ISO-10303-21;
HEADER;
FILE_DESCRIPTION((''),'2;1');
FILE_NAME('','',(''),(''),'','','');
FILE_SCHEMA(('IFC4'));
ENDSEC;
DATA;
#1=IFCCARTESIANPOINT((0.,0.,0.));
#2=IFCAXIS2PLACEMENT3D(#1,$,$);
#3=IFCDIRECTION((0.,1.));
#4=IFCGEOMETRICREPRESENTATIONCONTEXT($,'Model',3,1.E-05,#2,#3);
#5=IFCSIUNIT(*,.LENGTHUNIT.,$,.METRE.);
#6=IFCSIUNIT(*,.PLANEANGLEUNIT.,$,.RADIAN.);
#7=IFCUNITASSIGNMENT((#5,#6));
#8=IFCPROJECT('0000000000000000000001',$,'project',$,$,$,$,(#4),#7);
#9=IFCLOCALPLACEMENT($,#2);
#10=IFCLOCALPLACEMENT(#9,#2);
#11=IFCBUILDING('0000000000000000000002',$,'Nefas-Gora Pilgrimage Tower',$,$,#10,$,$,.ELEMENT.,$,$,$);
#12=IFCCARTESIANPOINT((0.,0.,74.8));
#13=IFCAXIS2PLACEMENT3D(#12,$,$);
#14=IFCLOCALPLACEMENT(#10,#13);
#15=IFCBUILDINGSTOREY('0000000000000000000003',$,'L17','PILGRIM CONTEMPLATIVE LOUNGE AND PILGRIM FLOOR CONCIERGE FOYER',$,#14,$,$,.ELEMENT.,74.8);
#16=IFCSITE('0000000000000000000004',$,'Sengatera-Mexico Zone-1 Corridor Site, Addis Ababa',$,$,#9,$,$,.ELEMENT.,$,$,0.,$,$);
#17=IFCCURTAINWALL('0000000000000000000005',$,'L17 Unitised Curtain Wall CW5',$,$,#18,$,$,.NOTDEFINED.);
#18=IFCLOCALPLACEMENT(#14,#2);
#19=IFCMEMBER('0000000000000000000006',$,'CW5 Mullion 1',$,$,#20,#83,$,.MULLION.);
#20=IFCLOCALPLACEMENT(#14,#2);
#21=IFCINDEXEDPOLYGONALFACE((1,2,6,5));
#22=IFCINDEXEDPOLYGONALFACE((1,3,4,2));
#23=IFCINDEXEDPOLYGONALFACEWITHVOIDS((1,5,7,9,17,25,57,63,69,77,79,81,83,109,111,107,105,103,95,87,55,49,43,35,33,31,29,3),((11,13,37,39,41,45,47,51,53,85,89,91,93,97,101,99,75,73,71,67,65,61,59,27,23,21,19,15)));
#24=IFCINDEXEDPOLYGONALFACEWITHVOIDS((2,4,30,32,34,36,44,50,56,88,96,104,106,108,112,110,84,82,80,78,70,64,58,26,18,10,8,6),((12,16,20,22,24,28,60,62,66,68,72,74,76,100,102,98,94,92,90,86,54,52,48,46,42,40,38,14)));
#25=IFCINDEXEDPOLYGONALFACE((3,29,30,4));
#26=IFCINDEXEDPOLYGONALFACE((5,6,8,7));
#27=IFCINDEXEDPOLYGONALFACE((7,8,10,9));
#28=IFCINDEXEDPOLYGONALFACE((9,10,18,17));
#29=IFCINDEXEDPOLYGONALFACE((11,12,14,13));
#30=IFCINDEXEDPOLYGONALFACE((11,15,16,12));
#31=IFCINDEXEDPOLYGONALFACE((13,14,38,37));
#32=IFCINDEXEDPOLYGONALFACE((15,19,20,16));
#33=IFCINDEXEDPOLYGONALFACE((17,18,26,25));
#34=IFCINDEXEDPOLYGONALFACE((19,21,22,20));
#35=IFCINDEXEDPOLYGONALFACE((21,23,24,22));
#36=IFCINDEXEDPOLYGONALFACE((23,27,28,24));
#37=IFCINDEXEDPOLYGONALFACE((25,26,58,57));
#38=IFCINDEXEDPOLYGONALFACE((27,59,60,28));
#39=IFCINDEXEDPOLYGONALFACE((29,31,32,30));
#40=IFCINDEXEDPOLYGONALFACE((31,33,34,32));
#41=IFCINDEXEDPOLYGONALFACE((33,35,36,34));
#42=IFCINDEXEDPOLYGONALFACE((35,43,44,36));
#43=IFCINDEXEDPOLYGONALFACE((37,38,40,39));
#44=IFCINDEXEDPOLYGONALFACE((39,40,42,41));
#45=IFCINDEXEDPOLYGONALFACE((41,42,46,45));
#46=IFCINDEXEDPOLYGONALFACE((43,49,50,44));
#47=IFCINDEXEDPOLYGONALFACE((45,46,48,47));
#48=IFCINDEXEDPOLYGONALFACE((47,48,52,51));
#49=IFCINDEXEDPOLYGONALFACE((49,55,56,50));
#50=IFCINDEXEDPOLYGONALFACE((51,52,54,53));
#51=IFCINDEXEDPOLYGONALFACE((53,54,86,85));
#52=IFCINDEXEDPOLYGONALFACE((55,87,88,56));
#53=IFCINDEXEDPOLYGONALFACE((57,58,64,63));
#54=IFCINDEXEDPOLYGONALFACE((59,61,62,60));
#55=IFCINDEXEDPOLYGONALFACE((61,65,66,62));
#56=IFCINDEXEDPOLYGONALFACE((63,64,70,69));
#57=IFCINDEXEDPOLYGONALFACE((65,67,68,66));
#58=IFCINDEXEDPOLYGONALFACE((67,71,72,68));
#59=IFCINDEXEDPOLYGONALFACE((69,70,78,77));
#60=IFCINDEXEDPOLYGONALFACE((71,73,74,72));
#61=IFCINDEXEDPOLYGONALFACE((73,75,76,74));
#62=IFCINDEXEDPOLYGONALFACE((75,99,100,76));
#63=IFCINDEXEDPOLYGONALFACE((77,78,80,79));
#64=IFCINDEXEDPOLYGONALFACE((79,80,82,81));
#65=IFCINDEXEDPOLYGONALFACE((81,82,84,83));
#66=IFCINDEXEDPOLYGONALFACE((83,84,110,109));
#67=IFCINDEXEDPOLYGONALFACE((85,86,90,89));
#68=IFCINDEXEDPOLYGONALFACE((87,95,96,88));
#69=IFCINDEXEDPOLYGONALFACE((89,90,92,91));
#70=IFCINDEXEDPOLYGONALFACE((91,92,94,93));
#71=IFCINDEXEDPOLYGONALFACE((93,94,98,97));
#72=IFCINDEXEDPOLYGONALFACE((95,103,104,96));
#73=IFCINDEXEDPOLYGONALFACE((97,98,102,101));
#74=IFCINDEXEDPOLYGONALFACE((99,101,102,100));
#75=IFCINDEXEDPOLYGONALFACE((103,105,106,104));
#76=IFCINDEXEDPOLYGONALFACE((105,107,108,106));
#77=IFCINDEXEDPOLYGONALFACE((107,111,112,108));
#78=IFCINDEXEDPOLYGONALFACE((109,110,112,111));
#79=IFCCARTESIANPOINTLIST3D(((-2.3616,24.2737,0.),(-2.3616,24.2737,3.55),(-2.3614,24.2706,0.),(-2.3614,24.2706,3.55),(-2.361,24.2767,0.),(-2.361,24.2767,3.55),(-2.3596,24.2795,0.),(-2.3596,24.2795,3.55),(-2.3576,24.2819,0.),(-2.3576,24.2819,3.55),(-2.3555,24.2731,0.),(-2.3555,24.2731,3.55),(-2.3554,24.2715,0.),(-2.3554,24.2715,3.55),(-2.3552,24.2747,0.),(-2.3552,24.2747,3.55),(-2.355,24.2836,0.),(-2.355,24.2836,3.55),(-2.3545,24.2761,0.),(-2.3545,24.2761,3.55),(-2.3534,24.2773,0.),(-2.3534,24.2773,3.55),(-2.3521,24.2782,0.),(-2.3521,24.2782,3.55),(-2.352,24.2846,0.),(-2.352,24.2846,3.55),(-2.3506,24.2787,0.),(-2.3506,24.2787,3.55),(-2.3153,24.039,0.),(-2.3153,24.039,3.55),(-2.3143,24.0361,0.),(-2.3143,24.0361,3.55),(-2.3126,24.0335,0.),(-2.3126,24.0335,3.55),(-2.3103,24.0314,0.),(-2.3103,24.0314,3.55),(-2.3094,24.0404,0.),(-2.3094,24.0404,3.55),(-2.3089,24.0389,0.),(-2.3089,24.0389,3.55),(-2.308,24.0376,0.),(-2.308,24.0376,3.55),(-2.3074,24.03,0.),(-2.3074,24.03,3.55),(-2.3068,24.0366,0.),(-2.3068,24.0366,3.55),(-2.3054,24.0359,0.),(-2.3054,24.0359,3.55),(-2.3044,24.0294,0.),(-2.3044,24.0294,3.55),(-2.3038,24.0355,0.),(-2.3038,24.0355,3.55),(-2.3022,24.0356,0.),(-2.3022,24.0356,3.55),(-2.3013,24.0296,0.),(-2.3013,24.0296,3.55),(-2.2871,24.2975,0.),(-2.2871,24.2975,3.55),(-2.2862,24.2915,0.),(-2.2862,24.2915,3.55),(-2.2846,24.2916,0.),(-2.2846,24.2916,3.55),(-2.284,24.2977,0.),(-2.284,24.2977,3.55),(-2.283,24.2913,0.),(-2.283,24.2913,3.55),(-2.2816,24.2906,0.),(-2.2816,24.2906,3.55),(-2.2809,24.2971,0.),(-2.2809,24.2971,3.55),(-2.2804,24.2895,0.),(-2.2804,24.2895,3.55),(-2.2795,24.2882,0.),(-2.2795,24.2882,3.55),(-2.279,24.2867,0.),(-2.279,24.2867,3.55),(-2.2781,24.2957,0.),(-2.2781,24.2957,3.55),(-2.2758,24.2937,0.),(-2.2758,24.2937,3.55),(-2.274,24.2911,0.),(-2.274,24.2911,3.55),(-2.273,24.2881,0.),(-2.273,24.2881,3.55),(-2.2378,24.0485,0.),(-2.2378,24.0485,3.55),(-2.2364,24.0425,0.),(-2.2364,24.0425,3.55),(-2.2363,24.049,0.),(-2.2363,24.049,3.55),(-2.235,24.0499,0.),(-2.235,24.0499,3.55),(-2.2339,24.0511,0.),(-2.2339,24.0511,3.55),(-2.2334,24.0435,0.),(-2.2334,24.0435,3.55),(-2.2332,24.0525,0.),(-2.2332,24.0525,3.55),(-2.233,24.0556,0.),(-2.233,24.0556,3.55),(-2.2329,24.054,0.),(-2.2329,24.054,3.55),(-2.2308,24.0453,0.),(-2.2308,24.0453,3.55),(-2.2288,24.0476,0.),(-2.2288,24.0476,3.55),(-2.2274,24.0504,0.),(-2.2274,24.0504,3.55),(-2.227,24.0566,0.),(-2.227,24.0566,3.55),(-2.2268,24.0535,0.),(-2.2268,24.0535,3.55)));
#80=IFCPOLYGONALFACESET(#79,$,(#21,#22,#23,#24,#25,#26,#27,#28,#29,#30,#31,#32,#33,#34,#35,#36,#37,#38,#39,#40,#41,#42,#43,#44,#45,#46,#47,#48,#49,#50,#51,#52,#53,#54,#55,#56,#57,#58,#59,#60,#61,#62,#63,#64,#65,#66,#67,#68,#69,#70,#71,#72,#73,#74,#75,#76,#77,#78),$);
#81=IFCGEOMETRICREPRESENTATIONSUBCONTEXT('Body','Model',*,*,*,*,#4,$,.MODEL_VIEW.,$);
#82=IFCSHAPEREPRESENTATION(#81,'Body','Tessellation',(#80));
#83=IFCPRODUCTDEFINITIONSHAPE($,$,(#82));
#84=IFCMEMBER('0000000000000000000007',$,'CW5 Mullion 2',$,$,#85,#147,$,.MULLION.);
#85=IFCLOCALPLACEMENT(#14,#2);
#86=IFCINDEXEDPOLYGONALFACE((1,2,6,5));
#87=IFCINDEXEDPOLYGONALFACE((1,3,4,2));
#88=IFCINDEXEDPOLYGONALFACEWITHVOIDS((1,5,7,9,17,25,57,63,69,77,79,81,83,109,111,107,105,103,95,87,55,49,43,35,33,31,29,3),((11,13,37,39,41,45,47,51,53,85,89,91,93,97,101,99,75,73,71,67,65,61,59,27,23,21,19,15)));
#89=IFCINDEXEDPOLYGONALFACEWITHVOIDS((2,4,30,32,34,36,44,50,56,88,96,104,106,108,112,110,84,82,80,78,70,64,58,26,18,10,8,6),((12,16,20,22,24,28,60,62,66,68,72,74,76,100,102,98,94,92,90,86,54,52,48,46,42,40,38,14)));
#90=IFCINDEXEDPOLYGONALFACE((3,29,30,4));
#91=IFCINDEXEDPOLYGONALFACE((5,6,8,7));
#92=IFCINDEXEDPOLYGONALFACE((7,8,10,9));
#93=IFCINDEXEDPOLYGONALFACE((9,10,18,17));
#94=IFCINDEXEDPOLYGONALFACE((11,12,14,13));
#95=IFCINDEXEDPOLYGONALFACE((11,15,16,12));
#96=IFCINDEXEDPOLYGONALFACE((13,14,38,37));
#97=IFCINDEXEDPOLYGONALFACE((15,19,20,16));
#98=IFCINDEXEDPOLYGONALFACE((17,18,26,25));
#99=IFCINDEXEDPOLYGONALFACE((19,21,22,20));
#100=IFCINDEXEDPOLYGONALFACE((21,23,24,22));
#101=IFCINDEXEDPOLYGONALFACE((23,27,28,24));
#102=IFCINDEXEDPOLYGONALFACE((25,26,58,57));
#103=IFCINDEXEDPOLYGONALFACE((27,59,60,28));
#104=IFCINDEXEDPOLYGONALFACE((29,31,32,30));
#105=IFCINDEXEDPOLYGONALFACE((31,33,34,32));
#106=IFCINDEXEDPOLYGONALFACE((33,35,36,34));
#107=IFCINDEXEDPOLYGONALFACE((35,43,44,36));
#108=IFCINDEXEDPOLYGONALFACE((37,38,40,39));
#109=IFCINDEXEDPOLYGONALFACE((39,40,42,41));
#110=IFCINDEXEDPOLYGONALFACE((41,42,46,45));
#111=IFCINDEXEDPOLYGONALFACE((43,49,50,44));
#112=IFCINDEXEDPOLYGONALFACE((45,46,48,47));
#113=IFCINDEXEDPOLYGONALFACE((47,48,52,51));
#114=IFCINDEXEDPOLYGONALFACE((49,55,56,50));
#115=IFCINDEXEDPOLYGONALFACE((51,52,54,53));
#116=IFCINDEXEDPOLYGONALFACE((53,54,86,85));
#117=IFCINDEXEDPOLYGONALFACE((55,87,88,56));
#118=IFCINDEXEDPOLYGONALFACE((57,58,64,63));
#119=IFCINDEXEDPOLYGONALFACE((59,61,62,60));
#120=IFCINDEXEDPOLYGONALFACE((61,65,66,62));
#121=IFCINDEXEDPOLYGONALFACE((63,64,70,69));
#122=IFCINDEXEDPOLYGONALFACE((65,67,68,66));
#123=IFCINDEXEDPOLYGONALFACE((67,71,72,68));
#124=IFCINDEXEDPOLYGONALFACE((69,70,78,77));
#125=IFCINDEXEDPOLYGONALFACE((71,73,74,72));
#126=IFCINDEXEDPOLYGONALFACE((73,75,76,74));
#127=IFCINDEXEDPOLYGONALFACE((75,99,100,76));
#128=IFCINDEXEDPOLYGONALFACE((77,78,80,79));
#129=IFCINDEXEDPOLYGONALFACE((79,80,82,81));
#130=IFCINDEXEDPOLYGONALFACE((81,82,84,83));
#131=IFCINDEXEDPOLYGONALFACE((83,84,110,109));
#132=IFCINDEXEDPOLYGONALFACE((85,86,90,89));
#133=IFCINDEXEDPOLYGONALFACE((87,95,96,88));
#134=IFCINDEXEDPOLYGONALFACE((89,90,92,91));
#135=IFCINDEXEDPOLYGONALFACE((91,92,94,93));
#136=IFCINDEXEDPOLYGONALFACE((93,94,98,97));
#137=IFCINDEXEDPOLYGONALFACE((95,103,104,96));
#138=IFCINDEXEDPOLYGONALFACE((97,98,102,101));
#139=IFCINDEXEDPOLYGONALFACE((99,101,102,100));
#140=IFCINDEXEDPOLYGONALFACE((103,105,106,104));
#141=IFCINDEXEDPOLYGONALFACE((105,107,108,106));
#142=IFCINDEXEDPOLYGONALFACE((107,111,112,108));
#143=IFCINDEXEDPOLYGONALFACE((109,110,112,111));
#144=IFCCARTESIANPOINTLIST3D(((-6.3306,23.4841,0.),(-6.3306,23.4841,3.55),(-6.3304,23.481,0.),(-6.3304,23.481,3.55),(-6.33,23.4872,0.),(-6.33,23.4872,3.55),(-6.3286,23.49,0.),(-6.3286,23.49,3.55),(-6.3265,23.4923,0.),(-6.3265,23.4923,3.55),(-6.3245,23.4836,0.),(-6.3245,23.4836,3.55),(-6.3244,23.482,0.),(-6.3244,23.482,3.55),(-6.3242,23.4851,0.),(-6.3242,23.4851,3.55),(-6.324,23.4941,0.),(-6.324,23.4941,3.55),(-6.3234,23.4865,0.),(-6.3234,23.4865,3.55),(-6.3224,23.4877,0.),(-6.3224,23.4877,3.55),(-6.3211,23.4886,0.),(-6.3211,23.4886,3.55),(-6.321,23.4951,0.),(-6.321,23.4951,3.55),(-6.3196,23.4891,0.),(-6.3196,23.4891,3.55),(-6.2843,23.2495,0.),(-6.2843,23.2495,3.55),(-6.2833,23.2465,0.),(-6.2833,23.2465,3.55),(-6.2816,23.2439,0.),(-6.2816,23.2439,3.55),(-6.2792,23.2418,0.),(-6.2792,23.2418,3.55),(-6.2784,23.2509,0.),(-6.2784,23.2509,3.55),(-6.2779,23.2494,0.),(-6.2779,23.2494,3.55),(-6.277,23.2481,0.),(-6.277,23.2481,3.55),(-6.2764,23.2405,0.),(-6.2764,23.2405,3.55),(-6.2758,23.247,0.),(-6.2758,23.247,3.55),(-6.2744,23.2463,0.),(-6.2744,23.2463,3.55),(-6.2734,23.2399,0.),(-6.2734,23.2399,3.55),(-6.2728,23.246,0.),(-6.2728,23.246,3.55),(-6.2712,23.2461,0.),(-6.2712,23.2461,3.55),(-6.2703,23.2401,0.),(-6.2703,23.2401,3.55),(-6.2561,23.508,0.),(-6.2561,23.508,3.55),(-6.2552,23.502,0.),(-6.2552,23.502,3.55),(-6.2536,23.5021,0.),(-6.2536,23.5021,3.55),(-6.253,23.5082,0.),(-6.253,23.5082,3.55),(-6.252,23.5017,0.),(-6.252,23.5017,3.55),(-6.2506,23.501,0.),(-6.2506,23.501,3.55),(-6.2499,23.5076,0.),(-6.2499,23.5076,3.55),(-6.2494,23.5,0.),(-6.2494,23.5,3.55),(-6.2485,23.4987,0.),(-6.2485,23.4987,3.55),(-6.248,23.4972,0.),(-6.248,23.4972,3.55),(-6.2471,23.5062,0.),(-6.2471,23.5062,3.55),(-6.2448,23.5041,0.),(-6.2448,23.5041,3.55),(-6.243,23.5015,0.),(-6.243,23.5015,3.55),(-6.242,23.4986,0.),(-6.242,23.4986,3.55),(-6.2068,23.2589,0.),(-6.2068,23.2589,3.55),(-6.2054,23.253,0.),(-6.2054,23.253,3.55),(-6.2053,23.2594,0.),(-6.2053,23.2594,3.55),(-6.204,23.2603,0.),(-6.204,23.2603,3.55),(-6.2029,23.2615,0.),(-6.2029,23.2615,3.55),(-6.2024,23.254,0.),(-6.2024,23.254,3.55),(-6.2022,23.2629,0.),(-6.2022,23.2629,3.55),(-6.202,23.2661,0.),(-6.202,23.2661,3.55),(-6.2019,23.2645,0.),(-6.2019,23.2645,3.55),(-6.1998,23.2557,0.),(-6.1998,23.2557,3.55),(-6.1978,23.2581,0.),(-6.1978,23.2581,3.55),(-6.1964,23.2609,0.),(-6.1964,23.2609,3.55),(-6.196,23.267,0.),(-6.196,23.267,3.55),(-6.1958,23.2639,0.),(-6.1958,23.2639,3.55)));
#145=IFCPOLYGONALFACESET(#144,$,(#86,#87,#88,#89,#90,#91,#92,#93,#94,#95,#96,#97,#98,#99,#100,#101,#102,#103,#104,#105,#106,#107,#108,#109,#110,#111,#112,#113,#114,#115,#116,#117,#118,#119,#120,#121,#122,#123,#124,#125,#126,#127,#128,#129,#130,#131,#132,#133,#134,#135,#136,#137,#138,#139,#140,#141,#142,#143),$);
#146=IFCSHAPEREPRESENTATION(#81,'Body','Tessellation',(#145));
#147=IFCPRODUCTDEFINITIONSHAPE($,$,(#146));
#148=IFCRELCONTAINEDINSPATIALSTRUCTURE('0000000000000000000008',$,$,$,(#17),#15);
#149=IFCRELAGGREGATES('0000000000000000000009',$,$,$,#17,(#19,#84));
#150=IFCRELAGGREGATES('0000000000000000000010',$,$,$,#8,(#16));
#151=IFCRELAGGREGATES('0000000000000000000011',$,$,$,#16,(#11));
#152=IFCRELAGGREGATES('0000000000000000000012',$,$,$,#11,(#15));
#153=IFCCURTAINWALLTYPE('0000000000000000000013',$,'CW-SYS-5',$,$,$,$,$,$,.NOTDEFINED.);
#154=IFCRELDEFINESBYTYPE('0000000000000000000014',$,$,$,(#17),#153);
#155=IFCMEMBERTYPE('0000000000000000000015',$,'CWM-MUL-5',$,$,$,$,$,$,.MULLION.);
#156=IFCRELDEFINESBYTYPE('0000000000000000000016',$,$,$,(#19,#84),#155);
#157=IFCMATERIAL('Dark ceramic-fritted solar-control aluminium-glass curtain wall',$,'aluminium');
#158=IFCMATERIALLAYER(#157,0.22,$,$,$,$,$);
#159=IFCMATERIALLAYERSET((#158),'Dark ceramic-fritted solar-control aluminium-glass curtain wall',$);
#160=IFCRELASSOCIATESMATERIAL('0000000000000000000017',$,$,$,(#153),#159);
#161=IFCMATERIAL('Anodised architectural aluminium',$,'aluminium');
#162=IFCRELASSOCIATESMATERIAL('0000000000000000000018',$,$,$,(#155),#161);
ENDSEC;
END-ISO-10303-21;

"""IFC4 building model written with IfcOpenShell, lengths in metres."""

from ifc_helpers import new_model, si_unit, direction, frame, origin, origin_2d, place, context, subcontext, project, spatial, hollow_rectangle, extrude, source, transform, mapped, material, layer, layer_set, material_profile, profile_set, type_object, element, aggregate, save


model = new_model("IFC4")

# Units and contexts
model_context = context("Model", 3, precision=1e-05, world=origin(), true_north=direction((0.0, 1.0)))
body_context = subcontext(model_context, "Body", "Model", "MODEL_VIEW")
ifc_project = project(units=[si_unit("LENGTHUNIT", "METRE"), si_unit("PLANEANGLEUNIT", "RADIAN")], contexts=[model_context])

# Site, building, storey
site_placement = place(None, origin())
site = spatial("IfcSite", under=ifc_project, at=site_placement, Name="Sengatera-Mexico Zone-1 Corridor Site, Addis Ababa", CompositionType="ELEMENT", RefElevation=0.0)
building_placement = place(site_placement, origin())
building = spatial("IfcBuilding", under=site, at=building_placement, Name="Nefas-Gora Pilgrimage Tower", CompositionType="ELEMENT")
storey_placement = place(building_placement, frame((0.0, 0.0, 74.8)))
storey = spatial("IfcBuildingStorey", under=building, at=storey_placement, Name="L17", Description="PILGRIM CONTEMPLATIVE LOUNGE AND PILGRIM FLOOR CONCIERGE FOYER", CompositionType="ELEMENT", Elevation=74.8)

# Shared definitions
ifc_material_1 = material(Name="Dark ceramic-fritted solar-control aluminium-glass curtain wall", Category="aluminium")
ifc_layer_1 = layer(ifc_material_1, 0.22)
ifc_layer_set_1 = layer_set([ifc_layer_1], Name="Dark ceramic-fritted solar-control aluminium-glass curtain wall")
curtain_wall_type = type_object("IfcCurtainWallType", Name="CW-SYS-5", PredefinedType="NOTDEFINED", material=ifc_layer_set_1)
ifc_material_2 = material(Name="Anodised architectural aluminium", Category="aluminium")
ifc_material_profile_1 = material_profile(ifc_material_2, hollow_rectangle(XDim=0.0901, YDim=0.26, WallThickness=0.0061, InnerFilletRadius=0.0061, OuterFilletRadius=0.012, at=origin_2d()), Name="ALU MULLION 90x260")
ifc_profile_set_1 = profile_set([ifc_material_profile_1], Name="Anodised architectural aluminium")
member_type_1 = type_object("IfcMemberType", Name="CWM-MUL-5", PredefinedType="MULLION", material=ifc_profile_set_1)
shared_shape_1 = source(origin(), body_context, "Body", "SweptSolid", [
    extrude(hollow_rectangle(XDim=0.0901, YDim=0.26, WallThickness=0.0061, InnerFilletRadius=0.0061, OuterFilletRadius=0.012, at=origin_2d()), origin(), (0.0, 0.0, 1.0), 3.55),
])

# Curtain wall, members
curtain_wall_1_placement = place(storey_placement, origin())
curtain_wall_1 = element("IfcCurtainWall", 1, at=curtain_wall_1_placement, inside=storey, type_object=curtain_wall_type, Name="L17 Unitised Curtain Wall CW5", PredefinedType="NOTDEFINED")
member_1_placement = place(storey_placement, frame((-2.2942, 24.1636, 0.0), z_axis=(0.0, 0.0, 1.0), x_axis=(-0.980783, -0.195102, 0.0)))
member_1 = element("IfcMember", 2, at=member_1_placement, type_object=member_type_1, Name="CW5 Mullion 1", PredefinedType="MULLION", context=body_context, shape_type="MappedRepresentation", body=[
    mapped(shared_shape_1, transform((0.0, 0.0, 0.0), x_axis=(1.0, 0.0, 0.0), y_axis=(0.0, 1.0, 0.0), z_axis=(0.0, 0.0, 1.0), scale=1.0)),
])
member_2_placement = place(storey_placement, frame((-6.2632, 23.374, 0.0), z_axis=(0.0, 0.0, 1.0), x_axis=(-0.980783, -0.195102, 0.0)))
member_2 = element("IfcMember", 3, at=member_2_placement, type_object=member_type_1, Name="CW5 Mullion 2", PredefinedType="MULLION", context=body_context, shape_type="MappedRepresentation", body=[
    mapped(shared_shape_1, transform((0.0, 0.0, 0.0), x_axis=(1.0, 0.0, 0.0), y_axis=(0.0, 1.0, 0.0), z_axis=(0.0, 0.0, 1.0), scale=1.0)),
])

aggregate(curtain_wall_1, [member_1, member_2])

save(model, "model.ifc")
